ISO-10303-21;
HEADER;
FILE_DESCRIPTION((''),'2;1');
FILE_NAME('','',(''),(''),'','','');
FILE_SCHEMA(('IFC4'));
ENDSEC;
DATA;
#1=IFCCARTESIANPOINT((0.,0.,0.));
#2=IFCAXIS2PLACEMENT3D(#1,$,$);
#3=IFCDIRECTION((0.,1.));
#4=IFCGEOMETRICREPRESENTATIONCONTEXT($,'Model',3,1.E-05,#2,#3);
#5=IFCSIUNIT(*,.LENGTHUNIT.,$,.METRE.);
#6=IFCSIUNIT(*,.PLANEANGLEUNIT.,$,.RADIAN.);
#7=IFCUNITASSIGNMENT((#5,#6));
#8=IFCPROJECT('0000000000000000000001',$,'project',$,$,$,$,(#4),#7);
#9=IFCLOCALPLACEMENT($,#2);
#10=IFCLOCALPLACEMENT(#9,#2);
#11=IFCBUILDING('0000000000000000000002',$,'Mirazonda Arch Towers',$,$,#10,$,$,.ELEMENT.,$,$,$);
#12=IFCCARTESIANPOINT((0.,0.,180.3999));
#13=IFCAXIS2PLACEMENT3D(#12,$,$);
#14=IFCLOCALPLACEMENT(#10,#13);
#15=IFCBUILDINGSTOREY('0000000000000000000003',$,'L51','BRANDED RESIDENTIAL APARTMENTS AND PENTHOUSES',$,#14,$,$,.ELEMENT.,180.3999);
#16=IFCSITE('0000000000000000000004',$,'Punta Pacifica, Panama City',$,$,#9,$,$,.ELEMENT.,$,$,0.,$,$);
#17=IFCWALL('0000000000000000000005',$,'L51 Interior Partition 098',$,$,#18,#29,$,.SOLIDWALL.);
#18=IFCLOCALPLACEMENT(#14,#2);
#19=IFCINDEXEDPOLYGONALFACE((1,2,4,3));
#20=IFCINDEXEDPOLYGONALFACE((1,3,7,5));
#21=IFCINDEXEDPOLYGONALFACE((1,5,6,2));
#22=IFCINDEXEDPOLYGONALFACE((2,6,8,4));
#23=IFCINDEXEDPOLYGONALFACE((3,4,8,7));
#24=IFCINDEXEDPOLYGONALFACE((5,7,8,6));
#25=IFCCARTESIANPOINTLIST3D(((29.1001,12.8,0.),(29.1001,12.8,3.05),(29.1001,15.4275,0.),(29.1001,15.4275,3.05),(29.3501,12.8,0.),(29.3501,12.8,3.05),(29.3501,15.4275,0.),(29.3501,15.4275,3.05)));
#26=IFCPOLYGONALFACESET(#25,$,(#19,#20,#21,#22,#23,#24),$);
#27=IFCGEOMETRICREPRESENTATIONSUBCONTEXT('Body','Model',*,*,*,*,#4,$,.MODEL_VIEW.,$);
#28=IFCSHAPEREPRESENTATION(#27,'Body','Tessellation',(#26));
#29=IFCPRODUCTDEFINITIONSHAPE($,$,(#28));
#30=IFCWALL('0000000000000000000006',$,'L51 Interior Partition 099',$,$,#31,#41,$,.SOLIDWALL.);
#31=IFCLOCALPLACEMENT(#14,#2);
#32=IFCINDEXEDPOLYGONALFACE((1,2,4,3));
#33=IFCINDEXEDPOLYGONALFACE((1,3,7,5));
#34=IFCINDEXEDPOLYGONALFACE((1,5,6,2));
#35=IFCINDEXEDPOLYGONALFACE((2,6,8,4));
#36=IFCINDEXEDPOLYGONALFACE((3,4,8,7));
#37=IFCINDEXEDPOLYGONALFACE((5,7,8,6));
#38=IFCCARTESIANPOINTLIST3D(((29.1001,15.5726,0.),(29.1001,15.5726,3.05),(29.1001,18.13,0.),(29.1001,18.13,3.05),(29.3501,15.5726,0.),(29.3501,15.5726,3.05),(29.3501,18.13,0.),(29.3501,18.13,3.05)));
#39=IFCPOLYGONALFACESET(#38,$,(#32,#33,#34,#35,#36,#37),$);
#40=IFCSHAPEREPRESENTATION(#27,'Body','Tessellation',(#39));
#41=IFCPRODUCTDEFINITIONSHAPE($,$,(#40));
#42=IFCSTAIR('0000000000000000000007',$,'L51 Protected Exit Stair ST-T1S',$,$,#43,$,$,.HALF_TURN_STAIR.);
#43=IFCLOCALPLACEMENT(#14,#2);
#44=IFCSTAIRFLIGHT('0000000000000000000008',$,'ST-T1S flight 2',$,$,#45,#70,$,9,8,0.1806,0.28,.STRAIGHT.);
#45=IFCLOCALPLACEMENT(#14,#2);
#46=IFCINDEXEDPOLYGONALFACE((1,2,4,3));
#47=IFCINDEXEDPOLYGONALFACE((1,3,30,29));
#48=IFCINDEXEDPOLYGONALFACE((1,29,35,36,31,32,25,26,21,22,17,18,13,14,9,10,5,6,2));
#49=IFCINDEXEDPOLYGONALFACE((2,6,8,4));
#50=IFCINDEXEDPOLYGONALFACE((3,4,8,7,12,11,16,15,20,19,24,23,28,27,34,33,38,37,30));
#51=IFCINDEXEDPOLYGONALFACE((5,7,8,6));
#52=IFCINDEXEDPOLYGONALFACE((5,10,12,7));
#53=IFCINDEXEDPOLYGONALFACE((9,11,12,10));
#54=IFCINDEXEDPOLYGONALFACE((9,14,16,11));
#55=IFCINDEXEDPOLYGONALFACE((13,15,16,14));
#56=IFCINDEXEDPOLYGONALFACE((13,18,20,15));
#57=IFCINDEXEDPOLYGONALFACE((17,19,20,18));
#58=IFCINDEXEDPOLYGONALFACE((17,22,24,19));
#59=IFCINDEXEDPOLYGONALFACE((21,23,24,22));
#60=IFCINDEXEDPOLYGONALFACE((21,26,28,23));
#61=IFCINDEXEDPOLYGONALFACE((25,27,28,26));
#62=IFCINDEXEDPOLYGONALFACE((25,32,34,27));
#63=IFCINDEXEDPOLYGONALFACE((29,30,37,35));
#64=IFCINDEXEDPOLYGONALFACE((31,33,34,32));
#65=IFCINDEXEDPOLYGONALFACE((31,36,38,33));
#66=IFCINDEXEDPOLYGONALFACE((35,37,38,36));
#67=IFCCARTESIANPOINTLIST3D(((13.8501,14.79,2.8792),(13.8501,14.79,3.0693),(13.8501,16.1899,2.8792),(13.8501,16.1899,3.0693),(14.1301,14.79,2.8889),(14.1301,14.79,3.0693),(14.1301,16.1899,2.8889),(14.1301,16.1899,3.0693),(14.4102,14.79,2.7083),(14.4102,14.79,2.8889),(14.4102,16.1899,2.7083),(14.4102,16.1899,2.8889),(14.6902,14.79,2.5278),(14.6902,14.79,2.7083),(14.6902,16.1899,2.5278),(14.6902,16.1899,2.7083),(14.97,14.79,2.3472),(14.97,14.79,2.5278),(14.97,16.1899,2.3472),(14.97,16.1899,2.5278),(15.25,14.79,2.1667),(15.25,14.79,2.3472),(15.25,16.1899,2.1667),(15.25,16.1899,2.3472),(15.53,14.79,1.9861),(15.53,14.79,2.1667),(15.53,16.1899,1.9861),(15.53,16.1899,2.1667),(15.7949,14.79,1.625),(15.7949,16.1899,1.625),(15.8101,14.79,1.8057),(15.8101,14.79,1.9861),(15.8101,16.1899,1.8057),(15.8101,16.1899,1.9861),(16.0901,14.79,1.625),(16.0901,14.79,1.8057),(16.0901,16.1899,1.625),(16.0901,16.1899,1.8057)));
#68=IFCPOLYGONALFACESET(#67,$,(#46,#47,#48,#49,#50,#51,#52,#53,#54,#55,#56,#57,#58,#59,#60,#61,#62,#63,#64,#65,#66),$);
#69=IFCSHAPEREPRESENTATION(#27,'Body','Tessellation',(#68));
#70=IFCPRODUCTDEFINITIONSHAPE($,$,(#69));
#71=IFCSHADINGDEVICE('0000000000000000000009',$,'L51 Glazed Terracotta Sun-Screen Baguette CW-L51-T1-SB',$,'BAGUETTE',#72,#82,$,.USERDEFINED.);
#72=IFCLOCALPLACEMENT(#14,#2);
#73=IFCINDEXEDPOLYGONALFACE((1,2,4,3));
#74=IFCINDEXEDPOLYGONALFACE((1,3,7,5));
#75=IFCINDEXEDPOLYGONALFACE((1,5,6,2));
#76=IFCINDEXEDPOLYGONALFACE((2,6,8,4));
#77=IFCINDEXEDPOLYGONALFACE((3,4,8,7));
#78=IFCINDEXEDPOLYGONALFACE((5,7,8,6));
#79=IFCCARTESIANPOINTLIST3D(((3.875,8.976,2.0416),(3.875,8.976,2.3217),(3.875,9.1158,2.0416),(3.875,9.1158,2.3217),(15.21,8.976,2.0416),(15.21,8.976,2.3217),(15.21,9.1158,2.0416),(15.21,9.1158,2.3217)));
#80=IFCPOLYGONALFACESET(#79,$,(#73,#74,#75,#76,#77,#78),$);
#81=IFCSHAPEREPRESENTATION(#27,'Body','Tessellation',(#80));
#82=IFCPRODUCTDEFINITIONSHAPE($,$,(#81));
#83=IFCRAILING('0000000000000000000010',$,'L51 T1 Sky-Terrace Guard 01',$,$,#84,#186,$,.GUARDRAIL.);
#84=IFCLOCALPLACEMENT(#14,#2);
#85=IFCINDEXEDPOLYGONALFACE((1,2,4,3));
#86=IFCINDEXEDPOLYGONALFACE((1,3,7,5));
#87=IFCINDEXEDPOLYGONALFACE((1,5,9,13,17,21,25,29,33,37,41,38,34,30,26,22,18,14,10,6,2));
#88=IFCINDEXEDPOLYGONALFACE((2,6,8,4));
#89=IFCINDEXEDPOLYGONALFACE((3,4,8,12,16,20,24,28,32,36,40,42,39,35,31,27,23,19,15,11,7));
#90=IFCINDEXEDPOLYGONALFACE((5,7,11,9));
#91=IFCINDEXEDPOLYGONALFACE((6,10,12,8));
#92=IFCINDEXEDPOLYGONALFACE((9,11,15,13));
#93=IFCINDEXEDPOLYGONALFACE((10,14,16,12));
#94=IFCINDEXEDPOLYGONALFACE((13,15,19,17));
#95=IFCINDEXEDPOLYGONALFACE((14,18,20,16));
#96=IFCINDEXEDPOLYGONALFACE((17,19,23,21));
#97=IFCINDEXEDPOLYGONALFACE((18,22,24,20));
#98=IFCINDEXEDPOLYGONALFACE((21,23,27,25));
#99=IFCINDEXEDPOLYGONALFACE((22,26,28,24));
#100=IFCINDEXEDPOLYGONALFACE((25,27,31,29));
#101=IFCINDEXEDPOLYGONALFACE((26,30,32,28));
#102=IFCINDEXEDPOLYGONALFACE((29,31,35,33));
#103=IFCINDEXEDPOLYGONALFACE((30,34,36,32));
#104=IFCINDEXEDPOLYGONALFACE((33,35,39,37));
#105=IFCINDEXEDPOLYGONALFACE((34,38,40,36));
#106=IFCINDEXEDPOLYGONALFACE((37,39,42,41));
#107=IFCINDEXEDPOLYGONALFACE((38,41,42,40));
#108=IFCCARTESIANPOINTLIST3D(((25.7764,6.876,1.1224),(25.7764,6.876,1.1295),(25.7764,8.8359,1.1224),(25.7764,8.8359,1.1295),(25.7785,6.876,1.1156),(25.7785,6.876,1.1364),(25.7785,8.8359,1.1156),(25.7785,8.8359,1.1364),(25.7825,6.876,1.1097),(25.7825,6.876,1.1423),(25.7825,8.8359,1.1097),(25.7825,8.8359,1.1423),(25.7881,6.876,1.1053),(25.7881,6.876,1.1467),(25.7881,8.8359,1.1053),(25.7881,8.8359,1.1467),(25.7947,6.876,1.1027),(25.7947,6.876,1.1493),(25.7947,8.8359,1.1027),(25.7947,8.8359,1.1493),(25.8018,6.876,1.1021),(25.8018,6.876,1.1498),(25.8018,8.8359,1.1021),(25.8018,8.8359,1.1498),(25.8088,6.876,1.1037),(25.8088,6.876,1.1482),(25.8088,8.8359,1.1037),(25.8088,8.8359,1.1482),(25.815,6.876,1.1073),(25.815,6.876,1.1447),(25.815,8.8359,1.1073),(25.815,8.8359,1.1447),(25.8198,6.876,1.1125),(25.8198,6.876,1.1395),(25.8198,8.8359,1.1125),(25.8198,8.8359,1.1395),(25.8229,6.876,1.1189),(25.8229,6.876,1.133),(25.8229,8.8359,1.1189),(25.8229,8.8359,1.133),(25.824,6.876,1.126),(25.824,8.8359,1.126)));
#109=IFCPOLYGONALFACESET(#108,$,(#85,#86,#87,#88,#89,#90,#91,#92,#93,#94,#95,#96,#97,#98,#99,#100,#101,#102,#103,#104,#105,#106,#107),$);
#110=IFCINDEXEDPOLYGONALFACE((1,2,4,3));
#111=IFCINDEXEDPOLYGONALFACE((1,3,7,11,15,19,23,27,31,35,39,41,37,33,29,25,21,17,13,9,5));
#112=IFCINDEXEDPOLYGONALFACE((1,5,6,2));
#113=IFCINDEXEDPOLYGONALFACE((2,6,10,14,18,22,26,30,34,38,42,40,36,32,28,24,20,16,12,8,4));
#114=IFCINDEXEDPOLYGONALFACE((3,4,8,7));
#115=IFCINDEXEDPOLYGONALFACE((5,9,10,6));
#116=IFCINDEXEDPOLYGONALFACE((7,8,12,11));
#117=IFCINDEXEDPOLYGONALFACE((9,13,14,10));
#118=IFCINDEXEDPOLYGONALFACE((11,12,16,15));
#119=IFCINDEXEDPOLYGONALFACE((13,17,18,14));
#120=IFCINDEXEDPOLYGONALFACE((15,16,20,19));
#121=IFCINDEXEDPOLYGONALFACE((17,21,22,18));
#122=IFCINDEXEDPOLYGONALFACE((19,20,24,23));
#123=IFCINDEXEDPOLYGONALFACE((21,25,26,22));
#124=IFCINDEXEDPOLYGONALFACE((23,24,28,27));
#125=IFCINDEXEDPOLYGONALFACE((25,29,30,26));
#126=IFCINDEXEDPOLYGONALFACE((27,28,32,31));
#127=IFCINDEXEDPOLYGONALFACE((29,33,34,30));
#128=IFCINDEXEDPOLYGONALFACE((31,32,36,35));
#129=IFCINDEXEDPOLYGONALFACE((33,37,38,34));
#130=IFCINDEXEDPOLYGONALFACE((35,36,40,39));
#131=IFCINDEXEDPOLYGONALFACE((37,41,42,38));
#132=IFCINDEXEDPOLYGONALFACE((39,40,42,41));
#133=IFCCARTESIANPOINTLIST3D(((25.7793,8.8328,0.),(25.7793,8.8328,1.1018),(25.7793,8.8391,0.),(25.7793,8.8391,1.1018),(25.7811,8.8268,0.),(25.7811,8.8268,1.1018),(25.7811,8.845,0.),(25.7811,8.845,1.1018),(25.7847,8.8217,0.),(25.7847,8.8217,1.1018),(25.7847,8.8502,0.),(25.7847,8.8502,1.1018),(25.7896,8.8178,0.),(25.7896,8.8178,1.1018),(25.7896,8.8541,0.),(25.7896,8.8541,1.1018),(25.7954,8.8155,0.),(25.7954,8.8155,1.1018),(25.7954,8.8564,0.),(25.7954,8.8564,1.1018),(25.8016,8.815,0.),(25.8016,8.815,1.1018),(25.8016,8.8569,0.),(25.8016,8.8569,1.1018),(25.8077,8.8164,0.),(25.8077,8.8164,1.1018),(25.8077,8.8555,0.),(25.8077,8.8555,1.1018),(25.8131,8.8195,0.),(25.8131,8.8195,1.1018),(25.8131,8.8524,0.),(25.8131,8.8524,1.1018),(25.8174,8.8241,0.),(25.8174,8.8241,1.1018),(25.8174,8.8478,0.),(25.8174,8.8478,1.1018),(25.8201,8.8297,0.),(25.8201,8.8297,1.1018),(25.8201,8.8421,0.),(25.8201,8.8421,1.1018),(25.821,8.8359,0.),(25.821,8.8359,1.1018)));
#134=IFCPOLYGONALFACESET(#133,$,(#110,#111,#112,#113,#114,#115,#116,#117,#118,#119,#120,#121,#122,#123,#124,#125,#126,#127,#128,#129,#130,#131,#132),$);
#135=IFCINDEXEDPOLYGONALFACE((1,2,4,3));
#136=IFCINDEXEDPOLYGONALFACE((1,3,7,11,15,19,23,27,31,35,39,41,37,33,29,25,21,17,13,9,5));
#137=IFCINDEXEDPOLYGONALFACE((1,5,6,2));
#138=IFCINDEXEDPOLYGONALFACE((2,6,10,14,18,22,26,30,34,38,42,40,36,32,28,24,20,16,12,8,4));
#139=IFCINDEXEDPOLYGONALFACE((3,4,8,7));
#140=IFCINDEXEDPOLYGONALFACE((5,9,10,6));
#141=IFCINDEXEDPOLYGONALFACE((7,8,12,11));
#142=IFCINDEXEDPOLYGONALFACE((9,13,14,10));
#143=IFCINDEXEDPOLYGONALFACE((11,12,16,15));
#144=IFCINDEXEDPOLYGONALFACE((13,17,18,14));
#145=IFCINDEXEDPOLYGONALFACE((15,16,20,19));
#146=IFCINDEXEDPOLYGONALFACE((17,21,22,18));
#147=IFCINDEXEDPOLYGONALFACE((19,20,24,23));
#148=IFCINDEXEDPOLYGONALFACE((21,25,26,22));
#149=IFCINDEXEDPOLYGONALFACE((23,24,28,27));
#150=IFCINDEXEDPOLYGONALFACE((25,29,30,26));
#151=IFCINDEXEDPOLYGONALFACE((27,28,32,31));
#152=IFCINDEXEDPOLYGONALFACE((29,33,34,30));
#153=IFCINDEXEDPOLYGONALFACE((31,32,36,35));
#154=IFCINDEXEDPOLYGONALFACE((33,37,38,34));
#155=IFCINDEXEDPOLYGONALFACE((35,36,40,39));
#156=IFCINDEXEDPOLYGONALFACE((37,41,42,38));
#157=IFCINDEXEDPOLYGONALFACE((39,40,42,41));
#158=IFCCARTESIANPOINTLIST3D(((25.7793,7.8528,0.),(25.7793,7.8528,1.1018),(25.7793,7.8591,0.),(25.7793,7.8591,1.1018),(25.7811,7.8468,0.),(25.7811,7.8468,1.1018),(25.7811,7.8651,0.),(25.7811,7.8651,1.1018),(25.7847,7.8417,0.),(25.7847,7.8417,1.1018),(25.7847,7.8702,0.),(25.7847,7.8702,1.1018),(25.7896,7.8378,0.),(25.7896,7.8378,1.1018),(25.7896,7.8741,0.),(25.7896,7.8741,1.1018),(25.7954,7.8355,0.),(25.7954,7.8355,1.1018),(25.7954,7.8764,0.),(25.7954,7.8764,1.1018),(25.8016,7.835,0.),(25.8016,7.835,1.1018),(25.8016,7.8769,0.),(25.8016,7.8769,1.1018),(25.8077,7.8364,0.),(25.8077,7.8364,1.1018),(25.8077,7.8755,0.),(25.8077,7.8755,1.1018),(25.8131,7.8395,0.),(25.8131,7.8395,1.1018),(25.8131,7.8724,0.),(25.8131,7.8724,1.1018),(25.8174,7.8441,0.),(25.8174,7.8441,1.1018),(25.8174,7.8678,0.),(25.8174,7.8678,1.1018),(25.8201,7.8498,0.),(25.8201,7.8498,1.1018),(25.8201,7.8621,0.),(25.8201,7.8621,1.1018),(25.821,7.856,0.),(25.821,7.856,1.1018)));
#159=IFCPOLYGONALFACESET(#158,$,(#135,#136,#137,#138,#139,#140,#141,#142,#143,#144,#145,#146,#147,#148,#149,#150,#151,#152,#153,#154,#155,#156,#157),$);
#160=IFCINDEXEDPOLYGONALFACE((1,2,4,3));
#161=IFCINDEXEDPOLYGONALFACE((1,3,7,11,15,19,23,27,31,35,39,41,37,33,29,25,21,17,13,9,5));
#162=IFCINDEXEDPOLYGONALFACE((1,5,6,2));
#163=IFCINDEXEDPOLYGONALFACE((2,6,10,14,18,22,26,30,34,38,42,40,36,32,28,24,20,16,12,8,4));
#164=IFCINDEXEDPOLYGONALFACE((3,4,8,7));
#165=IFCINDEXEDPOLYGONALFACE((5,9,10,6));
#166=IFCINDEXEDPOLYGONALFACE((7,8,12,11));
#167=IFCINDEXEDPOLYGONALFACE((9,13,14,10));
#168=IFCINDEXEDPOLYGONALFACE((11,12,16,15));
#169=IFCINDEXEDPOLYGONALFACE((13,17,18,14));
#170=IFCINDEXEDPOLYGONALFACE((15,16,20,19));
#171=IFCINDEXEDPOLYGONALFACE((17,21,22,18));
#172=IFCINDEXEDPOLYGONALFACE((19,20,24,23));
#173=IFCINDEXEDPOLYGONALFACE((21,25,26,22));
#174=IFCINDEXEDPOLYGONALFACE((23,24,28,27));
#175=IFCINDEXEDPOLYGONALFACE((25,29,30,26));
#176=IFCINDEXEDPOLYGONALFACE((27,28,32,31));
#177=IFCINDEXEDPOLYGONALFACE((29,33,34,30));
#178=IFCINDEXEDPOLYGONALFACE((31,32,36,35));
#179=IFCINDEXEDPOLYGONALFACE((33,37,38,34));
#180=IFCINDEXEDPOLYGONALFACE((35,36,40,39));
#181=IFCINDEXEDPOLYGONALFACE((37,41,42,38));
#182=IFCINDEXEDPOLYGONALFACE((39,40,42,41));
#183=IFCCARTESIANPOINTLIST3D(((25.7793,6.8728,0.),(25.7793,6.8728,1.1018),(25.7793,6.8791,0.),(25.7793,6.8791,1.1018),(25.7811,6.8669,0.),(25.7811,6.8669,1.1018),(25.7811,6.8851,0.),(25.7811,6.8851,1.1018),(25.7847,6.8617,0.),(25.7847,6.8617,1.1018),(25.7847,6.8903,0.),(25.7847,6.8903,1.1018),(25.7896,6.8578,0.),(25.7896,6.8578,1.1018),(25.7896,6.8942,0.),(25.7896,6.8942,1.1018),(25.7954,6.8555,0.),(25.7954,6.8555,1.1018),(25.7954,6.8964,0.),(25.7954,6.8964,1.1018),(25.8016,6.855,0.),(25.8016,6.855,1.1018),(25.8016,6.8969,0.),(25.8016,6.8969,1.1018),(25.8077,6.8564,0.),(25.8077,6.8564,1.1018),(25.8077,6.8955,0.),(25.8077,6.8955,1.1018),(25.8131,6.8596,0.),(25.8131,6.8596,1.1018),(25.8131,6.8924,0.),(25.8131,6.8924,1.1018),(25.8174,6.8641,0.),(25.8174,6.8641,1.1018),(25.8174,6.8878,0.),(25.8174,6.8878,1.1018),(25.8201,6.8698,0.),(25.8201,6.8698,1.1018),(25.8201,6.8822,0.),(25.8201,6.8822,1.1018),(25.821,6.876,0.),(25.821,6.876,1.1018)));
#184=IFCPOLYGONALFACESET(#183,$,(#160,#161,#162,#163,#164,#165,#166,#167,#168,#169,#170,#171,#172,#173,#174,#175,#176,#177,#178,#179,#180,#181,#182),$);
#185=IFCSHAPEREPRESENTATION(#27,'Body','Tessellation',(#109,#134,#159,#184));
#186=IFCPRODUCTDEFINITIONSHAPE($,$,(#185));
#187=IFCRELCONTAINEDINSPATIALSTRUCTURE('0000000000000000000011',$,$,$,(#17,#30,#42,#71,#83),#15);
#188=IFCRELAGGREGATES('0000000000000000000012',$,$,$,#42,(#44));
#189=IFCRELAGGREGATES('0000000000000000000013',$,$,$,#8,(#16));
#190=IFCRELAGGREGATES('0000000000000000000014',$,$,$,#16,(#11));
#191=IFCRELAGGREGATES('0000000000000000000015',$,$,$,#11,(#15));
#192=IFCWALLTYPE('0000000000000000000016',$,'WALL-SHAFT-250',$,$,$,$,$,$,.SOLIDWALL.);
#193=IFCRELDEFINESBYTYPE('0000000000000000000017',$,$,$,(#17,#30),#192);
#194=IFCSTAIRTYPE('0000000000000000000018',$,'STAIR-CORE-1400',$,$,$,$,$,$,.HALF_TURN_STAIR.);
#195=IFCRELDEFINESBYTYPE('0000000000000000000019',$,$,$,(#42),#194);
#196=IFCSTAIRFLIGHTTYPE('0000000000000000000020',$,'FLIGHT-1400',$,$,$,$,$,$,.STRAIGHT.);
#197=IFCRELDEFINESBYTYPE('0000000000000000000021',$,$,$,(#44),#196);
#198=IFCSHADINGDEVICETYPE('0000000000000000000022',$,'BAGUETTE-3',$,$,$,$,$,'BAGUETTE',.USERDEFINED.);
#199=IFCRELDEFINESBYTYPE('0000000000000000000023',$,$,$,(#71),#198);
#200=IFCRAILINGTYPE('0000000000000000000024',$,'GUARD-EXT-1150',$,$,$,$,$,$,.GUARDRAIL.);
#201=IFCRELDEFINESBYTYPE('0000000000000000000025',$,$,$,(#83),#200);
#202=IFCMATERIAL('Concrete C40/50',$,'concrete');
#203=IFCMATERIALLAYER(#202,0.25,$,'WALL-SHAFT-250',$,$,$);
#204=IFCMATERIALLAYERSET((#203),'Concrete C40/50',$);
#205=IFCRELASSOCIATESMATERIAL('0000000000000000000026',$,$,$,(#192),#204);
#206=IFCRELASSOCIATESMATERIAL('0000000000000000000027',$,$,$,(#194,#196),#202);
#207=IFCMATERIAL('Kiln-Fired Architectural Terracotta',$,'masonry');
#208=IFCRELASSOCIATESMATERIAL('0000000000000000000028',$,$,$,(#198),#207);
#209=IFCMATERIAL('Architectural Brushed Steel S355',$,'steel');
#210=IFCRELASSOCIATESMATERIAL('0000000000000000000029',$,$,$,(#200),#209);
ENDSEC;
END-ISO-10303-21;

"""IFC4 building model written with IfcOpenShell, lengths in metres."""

from ifc_helpers import new_model, si_unit, direction, frame, frame_2d, origin, origin_2d, place, context, subcontext, project, spatial, polyline, rectangle, circle, outline, extrude, material, layer, layer_set, material_profile, profile_set, type_object, element, aggregate, save


model = new_model("IFC4")

# Units and contexts
model_context = context("Model", 3, precision=1e-05, world=origin(), true_north=direction((0.0, 1.0)))
body_context = subcontext(model_context, "Body", "Model", "MODEL_VIEW")
ifc_project = project(units=[si_unit("LENGTHUNIT", "METRE"), si_unit("PLANEANGLEUNIT", "RADIAN")], contexts=[model_context])

# Site, building, storey
site_placement = place(None, origin())
site = spatial("IfcSite", under=ifc_project, at=site_placement, Name="Punta Pacifica, Panama City", CompositionType="ELEMENT", RefElevation=0.0)
building_placement = place(site_placement, origin())
building = spatial("IfcBuilding", under=site, at=building_placement, Name="Mirazonda Arch Towers", CompositionType="ELEMENT")
storey_placement = place(building_placement, frame((0.0, 0.0, 180.3999)))
storey = spatial("IfcBuildingStorey", under=building, at=storey_placement, Name="L51", Description="BRANDED RESIDENTIAL APARTMENTS AND PENTHOUSES", CompositionType="ELEMENT", Elevation=180.3999)

# Shared definitions
ifc_material_1 = material(Name="Concrete C40/50", Category="concrete")

# Shared definitions
ifc_material_2 = material(Name="Architectural Brushed Steel S355", Category="steel")

# Walls
ifc_layer_1 = layer(ifc_material_1, 0.25, Name="WALL-SHAFT-250")
ifc_layer_set_1 = layer_set([ifc_layer_1], Name="Concrete C40/50")
wall_type_1 = type_object("IfcWallType", Name="WALL-SHAFT-250", PredefinedType="SOLIDWALL", material=ifc_layer_set_1)
wall_1_placement = place(storey_placement, frame((29.2251, 12.8, 0.0), z_axis=(0.0, 0.0, 1.0), x_axis=(0.0, 1.0, 0.0)))
element("IfcWall", 1, at=wall_1_placement, inside=storey, type_object=wall_type_1, Name="L51 Interior Partition 098", PredefinedType="SOLIDWALL", context=body_context, shape_type="SweptSolid", body=[
    extrude(rectangle(XDim=2.6274, YDim=0.25, at=frame_2d((1.3137, 0.0))), origin(), (0.0, 0.0, 1.0), 3.05),
])
wall_2_placement = place(storey_placement, frame((29.2251, 15.5725, 0.0), z_axis=(0.0, 0.0, 1.0), x_axis=(0.0, 1.0, 0.0)))
element("IfcWall", 2, at=wall_2_placement, inside=storey, type_object=wall_type_1, Name="L51 Interior Partition 099", PredefinedType="SOLIDWALL", context=body_context, shape_type="SweptSolid", body=[
    extrude(rectangle(XDim=2.5574, YDim=0.25, at=frame_2d((1.2788, 0.0))), origin(), (0.0, 0.0, 1.0), 3.05),
])

# Stair, stair flight
stair_type = type_object("IfcStairType", Name="STAIR-CORE-1400", PredefinedType="HALF_TURN_STAIR", material=ifc_material_1)
stair_placement = place(storey_placement, origin())
stair = element("IfcStair", 3, at=stair_placement, inside=storey, type_object=stair_type, Name="L51 Protected Exit Stair ST-T1S", PredefinedType="HALF_TURN_STAIR")
stair_flight_type = type_object("IfcStairFlightType", Name="FLIGHT-1400", PredefinedType="STRAIGHT", material=ifc_material_1)
stair_flight_placement = place(storey_placement, frame((16.0901, 15.49, 1.625), z_axis=(0.0, 0.0, 1.0), x_axis=(-1.0, 0.0, 0.0)))
stair_flight = element("IfcStairFlight", 4, at=stair_flight_placement, type_object=stair_flight_type, Name="ST-T1S flight 2", NumberOfRisers=9, NumberOfTreads=8, PredefinedType="STRAIGHT", RiserHeight=0.1806, TreadLength=0.28, context=body_context, shape_type="SweptSolid", body=[
    extrude(outline(polyline([(0.0, 0.0), (0.0, 0.1807), (0.28, 0.1807), (0.28, 0.3611), (0.5601, 0.3611), (0.5601, 0.5417), (0.8401, 0.5417), (0.8401, 0.7222), (1.1201, 0.7222), (1.1201, 0.9028), (1.3999, 0.9028), (1.3999, 1.0833), (1.6799, 1.0833), (1.6799, 1.2639), (1.96, 1.2639), (1.96, 1.4443), (2.24, 1.4443), (2.24, 1.625), (2.24, 1.2542), (0.2952, 0.0), (0.0, 0.0)])), frame((0.0, 0.7, 0.0), z_axis=(0.0, -1.0, 0.0), x_axis=(1.0, 0.0, 0.0)), (0.0, 0.0, 1.0), 1.3999),
])
aggregate(stair, [stair_flight])

# Shading device
ifc_material_3 = material(Name="Kiln-Fired Architectural Terracotta", Category="masonry")
ifc_material_profile_1 = material_profile(ifc_material_3, rectangle(XDim=0.1399, YDim=0.28, at=origin_2d()), Name="TERRA-BAG-140x280")
ifc_profile_set_1 = profile_set([ifc_material_profile_1], Name="Kiln-Fired Architectural Terracotta")
shading_device_type = type_object("IfcShadingDeviceType", Name="BAGUETTE-3", ElementType="BAGUETTE", PredefinedType="USERDEFINED", material=ifc_profile_set_1)
shading_device_placement = place(storey_placement, frame((15.21, 9.0459, 2.1816), z_axis=(-1.0, 0.0, 0.0), x_axis=(0.0, -1.0, 0.0)))
element("IfcShadingDevice", 5, at=shading_device_placement, inside=storey, type_object=shading_device_type, Name="L51 Glazed Terracotta Sun-Screen Baguette CW-L51-T1-SB", ObjectType="BAGUETTE", PredefinedType="USERDEFINED", context=body_context, shape_type="SweptSolid", body=[
    extrude(rectangle(XDim=0.1399, YDim=0.28, at=origin_2d()), origin(), (0.0, 0.0, 1.0), 11.335),
])

# Railing
railing_type_1 = type_object("IfcRailingType", Name="GUARD-EXT-1150", PredefinedType="GUARDRAIL", material=ifc_material_2)
railing_1_placement = place(storey_placement, frame((25.8, 8.8359, 0.0)))
element("IfcRailing", 6, at=railing_1_placement, inside=storey, type_object=railing_type_1, Name="L51 T1 Sky-Terrace Guard 01", PredefinedType="GUARDRAIL", context=body_context, shape_type="SweptSolid", body=[
    extrude(circle(Radius=0.0239, at=origin_2d()), frame((0.0, 0.0, 1.126), z_axis=(0.0, -1.0, 0.0), x_axis=(1.0, 0.0, 0.0)), (0.0, 0.0, 1.0), 1.96),
    extrude(circle(Radius=0.021, at=origin_2d()), origin(), (0.0, 0.0, 1.0), 1.1018),
    extrude(circle(Radius=0.021, at=origin_2d()), frame((0.0, -0.98, 0.0)), (0.0, 0.0, 1.0), 1.1018),
    extrude(circle(Radius=0.021, at=origin_2d()), frame((0.0, -1.96, 0.0)), (0.0, 0.0, 1.0), 1.1018),
])

save(model, "model.ifc")
